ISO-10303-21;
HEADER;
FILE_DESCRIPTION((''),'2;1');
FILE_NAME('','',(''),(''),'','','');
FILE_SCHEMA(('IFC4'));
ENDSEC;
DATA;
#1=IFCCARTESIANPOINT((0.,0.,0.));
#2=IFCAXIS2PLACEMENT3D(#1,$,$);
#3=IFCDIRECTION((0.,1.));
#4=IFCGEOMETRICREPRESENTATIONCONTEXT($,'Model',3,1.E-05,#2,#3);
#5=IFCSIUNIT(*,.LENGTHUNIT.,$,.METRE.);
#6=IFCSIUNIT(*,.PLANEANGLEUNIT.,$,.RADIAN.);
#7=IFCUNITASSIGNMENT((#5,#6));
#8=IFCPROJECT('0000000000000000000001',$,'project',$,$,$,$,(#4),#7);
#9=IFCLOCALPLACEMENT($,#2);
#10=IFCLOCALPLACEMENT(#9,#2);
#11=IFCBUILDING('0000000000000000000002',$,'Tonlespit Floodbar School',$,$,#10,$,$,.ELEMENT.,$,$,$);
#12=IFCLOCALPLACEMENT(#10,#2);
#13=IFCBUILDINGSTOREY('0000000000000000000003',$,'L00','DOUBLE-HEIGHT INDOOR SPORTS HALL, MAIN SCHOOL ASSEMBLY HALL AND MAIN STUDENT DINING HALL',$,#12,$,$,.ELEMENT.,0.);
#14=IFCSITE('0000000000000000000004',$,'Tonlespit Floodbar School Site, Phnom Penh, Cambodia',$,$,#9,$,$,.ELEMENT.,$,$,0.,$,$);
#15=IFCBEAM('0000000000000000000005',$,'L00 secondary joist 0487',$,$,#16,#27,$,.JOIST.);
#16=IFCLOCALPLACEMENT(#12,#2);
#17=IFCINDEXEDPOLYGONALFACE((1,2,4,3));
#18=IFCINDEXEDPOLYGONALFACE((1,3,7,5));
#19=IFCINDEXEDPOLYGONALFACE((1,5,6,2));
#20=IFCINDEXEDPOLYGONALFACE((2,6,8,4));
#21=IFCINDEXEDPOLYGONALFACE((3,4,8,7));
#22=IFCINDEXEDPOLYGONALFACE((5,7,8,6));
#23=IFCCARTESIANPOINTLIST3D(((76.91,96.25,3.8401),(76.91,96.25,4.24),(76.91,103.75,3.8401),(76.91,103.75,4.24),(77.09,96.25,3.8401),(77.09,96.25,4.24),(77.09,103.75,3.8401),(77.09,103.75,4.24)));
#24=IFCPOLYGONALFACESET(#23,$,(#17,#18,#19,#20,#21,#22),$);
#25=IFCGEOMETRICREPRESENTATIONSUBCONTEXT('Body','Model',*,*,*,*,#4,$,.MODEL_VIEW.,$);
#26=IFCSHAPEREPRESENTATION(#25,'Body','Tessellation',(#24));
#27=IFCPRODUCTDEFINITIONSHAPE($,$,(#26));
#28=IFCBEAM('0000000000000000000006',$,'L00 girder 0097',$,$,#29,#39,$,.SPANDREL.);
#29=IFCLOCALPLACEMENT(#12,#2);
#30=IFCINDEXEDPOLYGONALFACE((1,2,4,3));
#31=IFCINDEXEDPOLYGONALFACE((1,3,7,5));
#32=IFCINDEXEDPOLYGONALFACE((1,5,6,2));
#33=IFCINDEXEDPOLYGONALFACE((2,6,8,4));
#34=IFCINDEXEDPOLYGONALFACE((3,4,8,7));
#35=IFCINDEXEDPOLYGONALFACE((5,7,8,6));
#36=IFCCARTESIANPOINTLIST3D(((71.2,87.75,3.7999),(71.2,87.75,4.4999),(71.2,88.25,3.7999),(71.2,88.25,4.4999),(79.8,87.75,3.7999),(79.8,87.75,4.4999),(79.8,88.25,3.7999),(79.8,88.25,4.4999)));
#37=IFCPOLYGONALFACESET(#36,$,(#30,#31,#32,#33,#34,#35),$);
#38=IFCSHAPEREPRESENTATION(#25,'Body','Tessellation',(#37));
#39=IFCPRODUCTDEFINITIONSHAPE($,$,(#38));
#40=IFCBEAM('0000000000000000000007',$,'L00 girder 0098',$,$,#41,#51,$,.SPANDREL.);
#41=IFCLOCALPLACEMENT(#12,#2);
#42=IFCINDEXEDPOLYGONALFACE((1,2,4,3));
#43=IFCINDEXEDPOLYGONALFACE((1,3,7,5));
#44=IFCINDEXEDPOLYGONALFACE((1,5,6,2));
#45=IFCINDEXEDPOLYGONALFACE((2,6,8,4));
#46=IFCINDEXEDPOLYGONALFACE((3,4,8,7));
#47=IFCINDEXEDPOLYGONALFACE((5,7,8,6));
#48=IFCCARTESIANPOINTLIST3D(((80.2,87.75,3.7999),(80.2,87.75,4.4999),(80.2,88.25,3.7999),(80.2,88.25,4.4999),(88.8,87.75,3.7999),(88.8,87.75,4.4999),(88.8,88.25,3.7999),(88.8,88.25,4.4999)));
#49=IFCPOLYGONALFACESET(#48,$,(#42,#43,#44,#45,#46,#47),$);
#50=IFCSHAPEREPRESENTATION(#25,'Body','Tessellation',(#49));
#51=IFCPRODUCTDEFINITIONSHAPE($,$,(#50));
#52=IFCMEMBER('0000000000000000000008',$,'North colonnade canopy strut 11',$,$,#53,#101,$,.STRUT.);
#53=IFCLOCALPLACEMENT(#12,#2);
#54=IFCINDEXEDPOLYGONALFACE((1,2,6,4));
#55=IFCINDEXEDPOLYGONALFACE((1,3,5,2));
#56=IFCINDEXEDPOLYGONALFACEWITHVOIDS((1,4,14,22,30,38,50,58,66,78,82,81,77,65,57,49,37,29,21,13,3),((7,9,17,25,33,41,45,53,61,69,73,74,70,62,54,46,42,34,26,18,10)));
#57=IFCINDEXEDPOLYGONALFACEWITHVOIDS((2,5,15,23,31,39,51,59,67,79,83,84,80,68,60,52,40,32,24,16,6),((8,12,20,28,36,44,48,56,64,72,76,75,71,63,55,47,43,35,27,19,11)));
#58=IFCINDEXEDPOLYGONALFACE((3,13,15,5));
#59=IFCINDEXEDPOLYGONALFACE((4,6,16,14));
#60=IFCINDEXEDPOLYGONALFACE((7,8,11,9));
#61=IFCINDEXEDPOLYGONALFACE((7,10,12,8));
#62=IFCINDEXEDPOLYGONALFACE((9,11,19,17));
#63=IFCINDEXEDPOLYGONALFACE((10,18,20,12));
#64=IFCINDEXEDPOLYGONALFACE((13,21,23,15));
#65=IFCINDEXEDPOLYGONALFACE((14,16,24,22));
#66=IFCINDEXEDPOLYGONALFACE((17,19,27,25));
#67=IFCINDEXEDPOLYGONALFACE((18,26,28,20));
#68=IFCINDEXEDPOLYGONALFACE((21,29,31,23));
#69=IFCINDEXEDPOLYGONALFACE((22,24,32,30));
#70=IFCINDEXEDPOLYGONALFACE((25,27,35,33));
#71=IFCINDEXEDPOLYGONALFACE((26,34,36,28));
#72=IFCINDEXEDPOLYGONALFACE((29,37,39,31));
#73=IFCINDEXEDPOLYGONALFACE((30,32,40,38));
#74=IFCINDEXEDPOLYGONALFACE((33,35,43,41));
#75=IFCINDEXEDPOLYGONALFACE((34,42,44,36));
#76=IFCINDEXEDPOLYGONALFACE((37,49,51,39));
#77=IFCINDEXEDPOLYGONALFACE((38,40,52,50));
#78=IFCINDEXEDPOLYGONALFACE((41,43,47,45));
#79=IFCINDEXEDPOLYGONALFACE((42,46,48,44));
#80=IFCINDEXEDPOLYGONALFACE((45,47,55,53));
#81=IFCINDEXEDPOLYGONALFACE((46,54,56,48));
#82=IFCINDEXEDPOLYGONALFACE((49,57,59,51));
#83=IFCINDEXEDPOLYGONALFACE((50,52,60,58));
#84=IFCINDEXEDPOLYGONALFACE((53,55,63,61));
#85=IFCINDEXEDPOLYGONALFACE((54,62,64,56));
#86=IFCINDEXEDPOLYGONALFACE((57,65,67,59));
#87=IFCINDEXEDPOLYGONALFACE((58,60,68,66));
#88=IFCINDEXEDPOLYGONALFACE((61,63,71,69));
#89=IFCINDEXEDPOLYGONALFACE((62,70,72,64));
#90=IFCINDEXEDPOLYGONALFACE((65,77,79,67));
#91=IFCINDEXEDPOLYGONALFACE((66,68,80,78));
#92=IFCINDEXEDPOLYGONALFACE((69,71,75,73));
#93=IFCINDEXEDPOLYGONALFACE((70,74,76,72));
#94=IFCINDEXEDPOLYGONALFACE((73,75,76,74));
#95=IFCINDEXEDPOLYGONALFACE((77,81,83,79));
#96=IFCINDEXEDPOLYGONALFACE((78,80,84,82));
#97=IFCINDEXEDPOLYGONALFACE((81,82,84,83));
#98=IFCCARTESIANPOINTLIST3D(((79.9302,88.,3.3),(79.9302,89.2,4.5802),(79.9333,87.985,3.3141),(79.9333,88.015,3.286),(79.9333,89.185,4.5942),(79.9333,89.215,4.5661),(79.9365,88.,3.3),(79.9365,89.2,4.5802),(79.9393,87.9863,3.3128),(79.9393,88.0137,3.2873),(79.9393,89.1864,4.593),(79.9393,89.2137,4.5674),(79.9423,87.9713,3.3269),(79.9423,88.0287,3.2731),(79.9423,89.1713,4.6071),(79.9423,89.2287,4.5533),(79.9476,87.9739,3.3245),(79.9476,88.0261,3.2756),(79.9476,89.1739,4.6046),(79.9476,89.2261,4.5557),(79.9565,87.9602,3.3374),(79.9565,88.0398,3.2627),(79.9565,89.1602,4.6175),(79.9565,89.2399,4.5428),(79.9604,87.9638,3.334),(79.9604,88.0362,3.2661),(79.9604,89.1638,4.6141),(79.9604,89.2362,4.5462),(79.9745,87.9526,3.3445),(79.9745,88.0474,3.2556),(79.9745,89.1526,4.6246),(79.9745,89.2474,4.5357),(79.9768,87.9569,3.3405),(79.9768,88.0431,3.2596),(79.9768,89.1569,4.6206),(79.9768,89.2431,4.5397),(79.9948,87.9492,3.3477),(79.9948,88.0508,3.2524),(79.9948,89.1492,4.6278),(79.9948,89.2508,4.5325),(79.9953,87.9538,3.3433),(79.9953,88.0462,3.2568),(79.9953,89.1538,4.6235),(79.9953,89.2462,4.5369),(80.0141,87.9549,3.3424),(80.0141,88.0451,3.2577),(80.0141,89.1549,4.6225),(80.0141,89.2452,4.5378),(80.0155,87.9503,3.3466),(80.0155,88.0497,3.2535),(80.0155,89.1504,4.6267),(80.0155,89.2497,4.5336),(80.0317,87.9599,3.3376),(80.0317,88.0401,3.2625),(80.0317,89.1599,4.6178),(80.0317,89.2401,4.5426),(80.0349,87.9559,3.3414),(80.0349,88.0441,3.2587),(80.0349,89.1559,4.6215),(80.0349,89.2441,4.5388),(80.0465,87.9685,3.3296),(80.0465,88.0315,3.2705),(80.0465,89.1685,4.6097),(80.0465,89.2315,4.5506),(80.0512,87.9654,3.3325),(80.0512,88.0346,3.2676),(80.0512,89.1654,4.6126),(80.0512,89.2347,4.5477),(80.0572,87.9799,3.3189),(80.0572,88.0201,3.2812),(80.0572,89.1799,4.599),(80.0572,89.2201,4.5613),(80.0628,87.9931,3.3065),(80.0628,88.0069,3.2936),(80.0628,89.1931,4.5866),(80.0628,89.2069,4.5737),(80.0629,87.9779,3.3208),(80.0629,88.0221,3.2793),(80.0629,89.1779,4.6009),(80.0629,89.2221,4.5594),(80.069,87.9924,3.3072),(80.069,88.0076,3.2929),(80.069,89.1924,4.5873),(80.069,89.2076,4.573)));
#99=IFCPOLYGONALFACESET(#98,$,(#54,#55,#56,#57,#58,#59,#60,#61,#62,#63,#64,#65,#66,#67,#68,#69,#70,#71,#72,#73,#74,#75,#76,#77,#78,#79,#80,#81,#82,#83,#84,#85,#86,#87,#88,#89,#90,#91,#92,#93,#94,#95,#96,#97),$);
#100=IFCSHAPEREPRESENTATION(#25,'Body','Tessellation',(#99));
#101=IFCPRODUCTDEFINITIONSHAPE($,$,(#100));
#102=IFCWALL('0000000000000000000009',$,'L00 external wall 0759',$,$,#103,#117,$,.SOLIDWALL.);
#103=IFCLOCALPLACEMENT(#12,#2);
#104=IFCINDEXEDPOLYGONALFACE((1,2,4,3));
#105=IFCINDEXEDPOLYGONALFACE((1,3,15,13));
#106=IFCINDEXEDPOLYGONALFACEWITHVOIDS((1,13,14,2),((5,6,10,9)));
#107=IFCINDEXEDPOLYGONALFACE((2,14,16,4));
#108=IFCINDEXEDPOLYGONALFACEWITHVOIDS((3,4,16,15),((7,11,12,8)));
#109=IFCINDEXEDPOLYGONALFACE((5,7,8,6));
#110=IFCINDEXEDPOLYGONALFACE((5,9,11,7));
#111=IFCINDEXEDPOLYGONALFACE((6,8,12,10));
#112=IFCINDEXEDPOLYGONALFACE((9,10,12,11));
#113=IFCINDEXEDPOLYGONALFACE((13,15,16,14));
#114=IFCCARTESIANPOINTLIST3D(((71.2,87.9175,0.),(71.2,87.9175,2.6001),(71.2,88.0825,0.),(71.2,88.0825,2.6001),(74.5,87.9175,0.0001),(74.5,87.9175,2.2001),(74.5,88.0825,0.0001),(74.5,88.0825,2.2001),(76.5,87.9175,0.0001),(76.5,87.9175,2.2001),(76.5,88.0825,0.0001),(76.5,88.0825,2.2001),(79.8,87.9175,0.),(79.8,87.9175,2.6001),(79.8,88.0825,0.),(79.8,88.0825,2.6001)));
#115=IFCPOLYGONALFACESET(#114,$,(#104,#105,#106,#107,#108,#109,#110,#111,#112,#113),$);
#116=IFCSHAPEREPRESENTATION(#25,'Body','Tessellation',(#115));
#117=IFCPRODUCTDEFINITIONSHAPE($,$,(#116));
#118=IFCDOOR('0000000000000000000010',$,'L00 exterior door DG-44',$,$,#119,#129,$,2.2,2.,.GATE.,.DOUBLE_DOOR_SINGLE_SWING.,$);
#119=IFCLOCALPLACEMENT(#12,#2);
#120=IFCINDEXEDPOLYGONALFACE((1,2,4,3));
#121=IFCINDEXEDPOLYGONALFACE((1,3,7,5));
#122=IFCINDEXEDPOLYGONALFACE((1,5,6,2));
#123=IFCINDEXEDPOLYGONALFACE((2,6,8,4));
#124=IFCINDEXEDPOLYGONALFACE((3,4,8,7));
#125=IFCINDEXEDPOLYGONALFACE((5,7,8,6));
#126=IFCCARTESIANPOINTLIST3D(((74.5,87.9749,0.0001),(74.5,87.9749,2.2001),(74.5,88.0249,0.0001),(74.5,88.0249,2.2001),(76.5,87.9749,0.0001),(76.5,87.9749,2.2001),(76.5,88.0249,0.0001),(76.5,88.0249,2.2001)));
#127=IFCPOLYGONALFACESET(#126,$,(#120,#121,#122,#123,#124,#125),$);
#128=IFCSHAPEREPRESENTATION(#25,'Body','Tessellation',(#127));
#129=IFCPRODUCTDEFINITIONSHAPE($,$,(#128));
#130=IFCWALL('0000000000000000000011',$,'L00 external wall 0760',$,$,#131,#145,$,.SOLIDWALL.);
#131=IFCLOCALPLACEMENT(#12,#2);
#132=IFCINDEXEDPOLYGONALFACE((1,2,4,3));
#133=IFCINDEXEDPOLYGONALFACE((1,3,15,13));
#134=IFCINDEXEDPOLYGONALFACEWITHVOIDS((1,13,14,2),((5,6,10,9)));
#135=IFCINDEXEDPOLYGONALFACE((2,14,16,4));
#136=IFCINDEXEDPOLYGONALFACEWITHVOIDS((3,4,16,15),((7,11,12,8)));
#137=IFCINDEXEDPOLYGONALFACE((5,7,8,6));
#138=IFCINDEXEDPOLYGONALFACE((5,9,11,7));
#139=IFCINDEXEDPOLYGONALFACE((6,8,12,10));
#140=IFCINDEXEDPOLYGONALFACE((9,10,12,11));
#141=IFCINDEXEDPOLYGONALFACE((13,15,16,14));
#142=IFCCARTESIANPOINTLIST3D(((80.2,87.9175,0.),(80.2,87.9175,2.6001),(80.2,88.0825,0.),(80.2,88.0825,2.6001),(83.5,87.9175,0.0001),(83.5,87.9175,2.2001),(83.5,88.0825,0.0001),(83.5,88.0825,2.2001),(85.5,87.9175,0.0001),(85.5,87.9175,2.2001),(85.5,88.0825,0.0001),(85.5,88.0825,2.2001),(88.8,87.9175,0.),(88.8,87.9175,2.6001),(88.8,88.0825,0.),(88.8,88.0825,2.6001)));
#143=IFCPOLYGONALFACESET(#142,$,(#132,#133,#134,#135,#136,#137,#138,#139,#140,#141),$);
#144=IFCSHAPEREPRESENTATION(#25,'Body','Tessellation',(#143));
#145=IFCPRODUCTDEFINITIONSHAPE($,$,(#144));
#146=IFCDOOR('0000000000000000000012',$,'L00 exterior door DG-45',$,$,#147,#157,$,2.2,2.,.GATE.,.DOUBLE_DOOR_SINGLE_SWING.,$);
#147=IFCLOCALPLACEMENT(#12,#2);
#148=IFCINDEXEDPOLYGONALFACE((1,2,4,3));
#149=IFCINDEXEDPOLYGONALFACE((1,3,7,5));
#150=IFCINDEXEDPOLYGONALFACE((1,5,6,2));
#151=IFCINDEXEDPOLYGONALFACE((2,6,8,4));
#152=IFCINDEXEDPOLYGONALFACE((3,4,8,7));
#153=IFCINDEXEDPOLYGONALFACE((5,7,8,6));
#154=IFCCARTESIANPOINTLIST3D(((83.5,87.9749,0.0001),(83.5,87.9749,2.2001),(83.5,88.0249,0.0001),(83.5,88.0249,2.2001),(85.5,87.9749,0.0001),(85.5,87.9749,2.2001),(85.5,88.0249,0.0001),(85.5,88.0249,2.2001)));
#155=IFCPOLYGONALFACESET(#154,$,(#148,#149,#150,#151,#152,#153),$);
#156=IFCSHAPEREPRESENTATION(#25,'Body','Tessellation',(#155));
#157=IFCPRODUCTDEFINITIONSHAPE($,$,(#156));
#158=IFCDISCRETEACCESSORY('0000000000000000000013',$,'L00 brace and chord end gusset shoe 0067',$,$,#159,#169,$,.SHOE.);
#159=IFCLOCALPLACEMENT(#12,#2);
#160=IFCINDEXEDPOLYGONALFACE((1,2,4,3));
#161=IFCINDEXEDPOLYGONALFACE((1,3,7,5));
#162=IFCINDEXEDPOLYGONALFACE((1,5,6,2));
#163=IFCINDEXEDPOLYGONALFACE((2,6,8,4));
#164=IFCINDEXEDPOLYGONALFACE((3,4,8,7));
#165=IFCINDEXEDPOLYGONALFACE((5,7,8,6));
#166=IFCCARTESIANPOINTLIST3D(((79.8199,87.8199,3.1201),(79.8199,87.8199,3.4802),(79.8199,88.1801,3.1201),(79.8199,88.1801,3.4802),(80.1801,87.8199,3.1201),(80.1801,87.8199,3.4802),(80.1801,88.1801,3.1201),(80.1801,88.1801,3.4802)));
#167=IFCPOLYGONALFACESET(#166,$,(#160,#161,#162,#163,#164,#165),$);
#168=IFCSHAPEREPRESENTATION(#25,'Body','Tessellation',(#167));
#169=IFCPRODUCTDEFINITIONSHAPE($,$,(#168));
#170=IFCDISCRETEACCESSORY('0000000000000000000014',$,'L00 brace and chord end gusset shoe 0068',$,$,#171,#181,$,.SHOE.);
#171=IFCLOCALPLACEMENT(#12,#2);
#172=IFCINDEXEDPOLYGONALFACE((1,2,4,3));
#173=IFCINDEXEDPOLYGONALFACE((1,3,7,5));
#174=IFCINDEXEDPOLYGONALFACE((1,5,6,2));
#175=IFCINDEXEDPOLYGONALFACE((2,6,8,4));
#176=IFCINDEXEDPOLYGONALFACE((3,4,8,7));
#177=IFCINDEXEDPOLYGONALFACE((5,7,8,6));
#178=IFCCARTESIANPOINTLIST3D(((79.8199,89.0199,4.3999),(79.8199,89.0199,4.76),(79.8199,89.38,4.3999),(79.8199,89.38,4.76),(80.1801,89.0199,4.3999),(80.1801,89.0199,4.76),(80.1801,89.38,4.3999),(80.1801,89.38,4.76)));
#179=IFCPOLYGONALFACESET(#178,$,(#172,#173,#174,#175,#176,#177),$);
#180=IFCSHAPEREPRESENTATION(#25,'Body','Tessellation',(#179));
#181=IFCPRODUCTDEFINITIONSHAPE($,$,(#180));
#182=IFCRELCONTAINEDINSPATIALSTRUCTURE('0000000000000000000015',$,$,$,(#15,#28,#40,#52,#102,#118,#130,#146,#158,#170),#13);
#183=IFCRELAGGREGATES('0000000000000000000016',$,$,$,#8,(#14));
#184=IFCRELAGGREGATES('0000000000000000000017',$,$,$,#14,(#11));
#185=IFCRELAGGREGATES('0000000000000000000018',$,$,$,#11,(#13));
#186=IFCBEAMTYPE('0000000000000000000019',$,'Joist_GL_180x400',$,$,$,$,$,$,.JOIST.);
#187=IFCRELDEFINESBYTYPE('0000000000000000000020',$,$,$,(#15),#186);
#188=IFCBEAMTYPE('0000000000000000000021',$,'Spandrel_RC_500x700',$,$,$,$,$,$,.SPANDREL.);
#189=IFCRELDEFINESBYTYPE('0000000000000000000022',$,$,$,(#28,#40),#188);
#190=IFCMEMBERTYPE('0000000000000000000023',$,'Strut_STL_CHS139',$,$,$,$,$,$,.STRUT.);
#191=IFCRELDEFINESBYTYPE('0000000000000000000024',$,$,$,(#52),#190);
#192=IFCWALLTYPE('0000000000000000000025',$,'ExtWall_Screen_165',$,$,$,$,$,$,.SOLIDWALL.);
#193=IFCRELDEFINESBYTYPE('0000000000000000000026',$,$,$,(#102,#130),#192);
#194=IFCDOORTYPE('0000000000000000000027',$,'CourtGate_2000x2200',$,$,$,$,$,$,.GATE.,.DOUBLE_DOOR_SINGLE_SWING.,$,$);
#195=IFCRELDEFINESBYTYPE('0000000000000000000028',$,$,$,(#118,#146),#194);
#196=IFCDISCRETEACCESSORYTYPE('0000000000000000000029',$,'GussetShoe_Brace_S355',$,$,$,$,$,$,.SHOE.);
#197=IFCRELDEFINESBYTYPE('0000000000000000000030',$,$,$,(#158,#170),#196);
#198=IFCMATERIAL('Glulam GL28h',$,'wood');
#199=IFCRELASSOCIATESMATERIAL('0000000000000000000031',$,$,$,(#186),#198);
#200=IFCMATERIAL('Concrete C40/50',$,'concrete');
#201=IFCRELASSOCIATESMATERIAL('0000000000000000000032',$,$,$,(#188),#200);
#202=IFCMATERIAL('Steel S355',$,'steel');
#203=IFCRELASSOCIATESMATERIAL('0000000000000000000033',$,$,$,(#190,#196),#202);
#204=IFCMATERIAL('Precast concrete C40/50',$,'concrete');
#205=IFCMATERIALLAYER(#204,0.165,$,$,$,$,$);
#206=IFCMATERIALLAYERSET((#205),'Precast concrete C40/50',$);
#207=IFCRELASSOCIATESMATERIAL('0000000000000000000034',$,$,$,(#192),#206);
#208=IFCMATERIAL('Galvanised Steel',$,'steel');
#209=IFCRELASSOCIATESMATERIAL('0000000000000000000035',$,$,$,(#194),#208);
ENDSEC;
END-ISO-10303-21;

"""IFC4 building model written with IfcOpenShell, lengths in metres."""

from ifc_helpers import new_model, si_unit, direction, frame, frame_2d, origin, origin_2d, place, context, subcontext, project, spatial, rectangle, hollow_circle, extrude, material, layer, layer_set, material_profile, profile_set, type_object, element, fill, save


model = new_model("IFC4")

# Units and contexts
model_context = context("Model", 3, precision=1e-05, world=origin(), true_north=direction((0.0, 1.0)))
body_context = subcontext(model_context, "Body", "Model", "MODEL_VIEW")
ifc_project = project(units=[si_unit("LENGTHUNIT", "METRE"), si_unit("PLANEANGLEUNIT", "RADIAN")], contexts=[model_context])

# Site, building, storey
site_placement = place(None, origin())
site = spatial("IfcSite", under=ifc_project, at=site_placement, Name="Tonlespit Floodbar School Site, Phnom Penh, Cambodia", CompositionType="ELEMENT", RefElevation=0.0)
building_placement = place(site_placement, origin())
building = spatial("IfcBuilding", under=site, at=building_placement, Name="Tonlespit Floodbar School", CompositionType="ELEMENT")
storey_placement = place(building_placement, origin())
storey = spatial("IfcBuildingStorey", under=building, at=storey_placement, Name="L00", Description="DOUBLE-HEIGHT INDOOR SPORTS HALL, MAIN SCHOOL ASSEMBLY HALL AND MAIN STUDENT DINING HALL", CompositionType="ELEMENT", Elevation=0.0)

# Shared definitions
ifc_material_1 = material(Name="Concrete C40/50", Category="concrete")

# Beams
ifc_material_2 = material(Name="Glulam GL28h", Category="wood")
ifc_material_profile_1 = material_profile(ifc_material_2, rectangle(XDim=0.1799, YDim=0.3999, at=origin_2d()), Name="GL 180x400")
ifc_profile_set_1 = profile_set([ifc_material_profile_1], Name="Glulam GL28h")
beam_type_1 = type_object("IfcBeamType", Name="Joist_GL_180x400", PredefinedType="JOIST", material=ifc_profile_set_1)
for number, where, z_axis, x_axis, name in (
    (1, (77.0, 96.25, 4.04), (0.0, 1.0, 0.0), (-1.0, 0.0, 0.0), "L00 secondary joist 0487"),
):
    element("IfcBeam", number, at=place(storey_placement, frame(where, z_axis=z_axis, x_axis=x_axis)), inside=storey, type_object=beam_type_1, Name=name, PredefinedType="JOIST", context=body_context, shape_type="SweptSolid", body=[
        extrude(rectangle(XDim=0.1799, YDim=0.3999, at=origin_2d()), origin(), (0.0, 0.0, 1.0), 7.5),
    ])
ifc_material_profile_2 = material_profile(ifc_material_1, rectangle(XDim=0.5, YDim=0.7, at=origin_2d()), Name="RC 500x700")
ifc_profile_set_2 = profile_set([ifc_material_profile_2], Name="Concrete C40/50")
beam_type_2 = type_object("IfcBeamType", Name="Spandrel_RC_500x700", PredefinedType="SPANDREL", material=ifc_profile_set_2)
for number, where, z_axis, x_axis, name in (
    (2, (71.2, 88.0, 4.1499), (1.0, 0.0, 0.0), (0.0, 1.0, 0.0), "L00 girder 0097"),
    (3, (80.2, 88.0, 4.1499), (1.0, 0.0, 0.0), (0.0, 1.0, 0.0), "L00 girder 0098"),
):
    element("IfcBeam", number, at=place(storey_placement, frame(where, z_axis=z_axis, x_axis=x_axis)), inside=storey, type_object=beam_type_2, Name=name, PredefinedType="SPANDREL", context=body_context, shape_type="SweptSolid", body=[
        extrude(rectangle(XDim=0.5, YDim=0.7, at=origin_2d()), origin(), (0.0, 0.0, 1.0), 8.6001),
    ])

# Member
ifc_material_3 = material(Name="Steel S355", Category="steel")
ifc_material_profile_3 = material_profile(ifc_material_3, hollow_circle(Radius=0.0698, WallThickness=0.0063, at=origin_2d()), Name="CHS 139.7x6.3")
ifc_profile_set_3 = profile_set([ifc_material_profile_3], Name="Steel S355")
member_type = type_object("IfcMemberType", Name="Strut_STL_CHS139", PredefinedType="STRUT", material=ifc_profile_set_3)
member_placement = place(storey_placement, frame((80.0, 88.0, 3.3), z_axis=(0.0, 0.683918, 0.729559), x_axis=(-1.0, 0.0, 0.0)))
element("IfcMember", 4, at=member_placement, inside=storey, type_object=member_type, Name="North colonnade canopy strut 11", PredefinedType="STRUT", context=body_context, shape_type="SweptSolid", body=[
    extrude(hollow_circle(Radius=0.0698, WallThickness=0.0063, at=origin_2d()), origin(), (0.0, 0.0, 1.0), 1.7546),
])

# Walls, openings, doors
ifc_material_4 = material(Name="Precast concrete C40/50", Category="concrete")
ifc_layer = layer(ifc_material_4, 0.165)
ifc_layer_set = layer_set([ifc_layer], Name="Precast concrete C40/50")
wall_type = type_object("IfcWallType", Name="ExtWall_Screen_165", PredefinedType="SOLIDWALL", material=ifc_layer_set)
wall_1_placement = place(storey_placement, frame((71.2, 88.0, 0.0), z_axis=(0.0, 0.0, 1.0), x_axis=(1.0, 0.0, 0.0)))
wall_1 = element("IfcWall", 5, at=wall_1_placement, inside=storey, type_object=wall_type, Name="L00 external wall 0759", PredefinedType="SOLIDWALL", context=body_context, shape_type="SweptSolid", body=[
    extrude(rectangle(XDim=8.6001, YDim=0.165, at=frame_2d((4.3, 0.0))), origin(), (0.0, 0.0, 1.0), 2.6001),
])
opening_1_placement = place(wall_1_placement, frame((3.3, 0.0, 0.0)))
opening_1 = element("IfcOpeningElement", 6, at=opening_1_placement, cuts=wall_1, PredefinedType="OPENING", context=body_context, shape_type="SweptSolid", body=[
    extrude(rectangle(XDim=2.0, YDim=2.2, at=frame_2d((1.0, 1.1001))), frame((0.0, 0.0925, 0.0), z_axis=(0.0, -1.0, 0.0), x_axis=(1.0, 0.0, 0.0)), (0.0, 0.0, 1.0), 0.1851),
])
ifc_material_5 = material(Name="Galvanised Steel", Category="steel")
door_type = type_object("IfcDoorType", Name="CourtGate_2000x2200", OperationType="DOUBLE_DOOR_SINGLE_SWING", PredefinedType="GATE", material=ifc_material_5)
door_1_placement = place(opening_1_placement, origin())
door_1 = element("IfcDoor", 7, at=door_1_placement, inside=storey, type_object=door_type, Name="L00 exterior door DG-44", OperationType="DOUBLE_DOOR_SINGLE_SWING", OverallHeight=2.2, OverallWidth=2.0, PredefinedType="GATE", context=body_context, shape_type="SweptSolid", body=[
    extrude(rectangle(XDim=2.0, YDim=2.2, at=frame_2d((1.0, 1.1001))), frame((0.0, 0.0249, 0.0), z_axis=(0.0, -1.0, 0.0), x_axis=(1.0, 0.0, 0.0)), (0.0, 0.0, 1.0), 0.05),
])
fill(opening_1, door_1)
wall_2_placement = place(storey_placement, frame((80.2, 88.0, 0.0), z_axis=(0.0, 0.0, 1.0), x_axis=(1.0, 0.0, 0.0)))
wall_2 = element("IfcWall", 8, at=wall_2_placement, inside=storey, type_object=wall_type, Name="L00 external wall 0760", PredefinedType="SOLIDWALL", context=body_context, shape_type="SweptSolid", body=[
    extrude(rectangle(XDim=8.6001, YDim=0.165, at=frame_2d((4.3, 0.0))), origin(), (0.0, 0.0, 1.0), 2.6001),
])
opening_2_placement = place(wall_2_placement, frame((3.3, 0.0, 0.0)))
opening_2 = element("IfcOpeningElement", 9, at=opening_2_placement, cuts=wall_2, PredefinedType="OPENING", context=body_context, shape_type="SweptSolid", body=[
    extrude(rectangle(XDim=2.0, YDim=2.2, at=frame_2d((1.0, 1.1001))), frame((0.0, 0.0925, 0.0), z_axis=(0.0, -1.0, 0.0), x_axis=(1.0, 0.0, 0.0)), (0.0, 0.0, 1.0), 0.1851),
])
door_2_placement = place(opening_2_placement, origin())
door_2 = element("IfcDoor", 10, at=door_2_placement, inside=storey, type_object=door_type, Name="L00 exterior door DG-45", OperationType="DOUBLE_DOOR_SINGLE_SWING", OverallHeight=2.2, OverallWidth=2.0, PredefinedType="GATE", context=body_context, shape_type="SweptSolid", body=[
    extrude(rectangle(XDim=2.0, YDim=2.2, at=frame_2d((1.0, 1.1001))), frame((0.0, 0.0249, 0.0), z_axis=(0.0, -1.0, 0.0), x_axis=(1.0, 0.0, 0.0)), (0.0, 0.0, 1.0), 0.05),
])
fill(opening_2, door_2)

# Discrete accessories
discrete_accessory_type = type_object("IfcDiscreteAccessoryType", Name="GussetShoe_Brace_S355", PredefinedType="SHOE", material=ifc_material_3)
for number, where, z_axis, x_axis, name in (
    (11, (80.0, 88.0, 3.1201), (0.0, 0.0, 1.0), (1.0, 0.0, 0.0), "L00 brace and chord end gusset shoe 0067"),
    (12, (80.0, 89.2, 4.3999), (0.0, 0.0, 1.0), (1.0, 0.0, 0.0), "L00 brace and chord end gusset shoe 0068"),
):
    element("IfcDiscreteAccessory", number, at=place(storey_placement, frame(where, z_axis=z_axis, x_axis=x_axis)), inside=storey, type_object=discrete_accessory_type, Name=name, PredefinedType="SHOE", context=body_context, shape_type="SweptSolid", body=[
        extrude(rectangle(XDim=0.3601, YDim=0.3601, at=origin_2d()), origin(), (0.0, 0.0, 1.0), 0.3601),
    ])

save(model, "model.ifc")
